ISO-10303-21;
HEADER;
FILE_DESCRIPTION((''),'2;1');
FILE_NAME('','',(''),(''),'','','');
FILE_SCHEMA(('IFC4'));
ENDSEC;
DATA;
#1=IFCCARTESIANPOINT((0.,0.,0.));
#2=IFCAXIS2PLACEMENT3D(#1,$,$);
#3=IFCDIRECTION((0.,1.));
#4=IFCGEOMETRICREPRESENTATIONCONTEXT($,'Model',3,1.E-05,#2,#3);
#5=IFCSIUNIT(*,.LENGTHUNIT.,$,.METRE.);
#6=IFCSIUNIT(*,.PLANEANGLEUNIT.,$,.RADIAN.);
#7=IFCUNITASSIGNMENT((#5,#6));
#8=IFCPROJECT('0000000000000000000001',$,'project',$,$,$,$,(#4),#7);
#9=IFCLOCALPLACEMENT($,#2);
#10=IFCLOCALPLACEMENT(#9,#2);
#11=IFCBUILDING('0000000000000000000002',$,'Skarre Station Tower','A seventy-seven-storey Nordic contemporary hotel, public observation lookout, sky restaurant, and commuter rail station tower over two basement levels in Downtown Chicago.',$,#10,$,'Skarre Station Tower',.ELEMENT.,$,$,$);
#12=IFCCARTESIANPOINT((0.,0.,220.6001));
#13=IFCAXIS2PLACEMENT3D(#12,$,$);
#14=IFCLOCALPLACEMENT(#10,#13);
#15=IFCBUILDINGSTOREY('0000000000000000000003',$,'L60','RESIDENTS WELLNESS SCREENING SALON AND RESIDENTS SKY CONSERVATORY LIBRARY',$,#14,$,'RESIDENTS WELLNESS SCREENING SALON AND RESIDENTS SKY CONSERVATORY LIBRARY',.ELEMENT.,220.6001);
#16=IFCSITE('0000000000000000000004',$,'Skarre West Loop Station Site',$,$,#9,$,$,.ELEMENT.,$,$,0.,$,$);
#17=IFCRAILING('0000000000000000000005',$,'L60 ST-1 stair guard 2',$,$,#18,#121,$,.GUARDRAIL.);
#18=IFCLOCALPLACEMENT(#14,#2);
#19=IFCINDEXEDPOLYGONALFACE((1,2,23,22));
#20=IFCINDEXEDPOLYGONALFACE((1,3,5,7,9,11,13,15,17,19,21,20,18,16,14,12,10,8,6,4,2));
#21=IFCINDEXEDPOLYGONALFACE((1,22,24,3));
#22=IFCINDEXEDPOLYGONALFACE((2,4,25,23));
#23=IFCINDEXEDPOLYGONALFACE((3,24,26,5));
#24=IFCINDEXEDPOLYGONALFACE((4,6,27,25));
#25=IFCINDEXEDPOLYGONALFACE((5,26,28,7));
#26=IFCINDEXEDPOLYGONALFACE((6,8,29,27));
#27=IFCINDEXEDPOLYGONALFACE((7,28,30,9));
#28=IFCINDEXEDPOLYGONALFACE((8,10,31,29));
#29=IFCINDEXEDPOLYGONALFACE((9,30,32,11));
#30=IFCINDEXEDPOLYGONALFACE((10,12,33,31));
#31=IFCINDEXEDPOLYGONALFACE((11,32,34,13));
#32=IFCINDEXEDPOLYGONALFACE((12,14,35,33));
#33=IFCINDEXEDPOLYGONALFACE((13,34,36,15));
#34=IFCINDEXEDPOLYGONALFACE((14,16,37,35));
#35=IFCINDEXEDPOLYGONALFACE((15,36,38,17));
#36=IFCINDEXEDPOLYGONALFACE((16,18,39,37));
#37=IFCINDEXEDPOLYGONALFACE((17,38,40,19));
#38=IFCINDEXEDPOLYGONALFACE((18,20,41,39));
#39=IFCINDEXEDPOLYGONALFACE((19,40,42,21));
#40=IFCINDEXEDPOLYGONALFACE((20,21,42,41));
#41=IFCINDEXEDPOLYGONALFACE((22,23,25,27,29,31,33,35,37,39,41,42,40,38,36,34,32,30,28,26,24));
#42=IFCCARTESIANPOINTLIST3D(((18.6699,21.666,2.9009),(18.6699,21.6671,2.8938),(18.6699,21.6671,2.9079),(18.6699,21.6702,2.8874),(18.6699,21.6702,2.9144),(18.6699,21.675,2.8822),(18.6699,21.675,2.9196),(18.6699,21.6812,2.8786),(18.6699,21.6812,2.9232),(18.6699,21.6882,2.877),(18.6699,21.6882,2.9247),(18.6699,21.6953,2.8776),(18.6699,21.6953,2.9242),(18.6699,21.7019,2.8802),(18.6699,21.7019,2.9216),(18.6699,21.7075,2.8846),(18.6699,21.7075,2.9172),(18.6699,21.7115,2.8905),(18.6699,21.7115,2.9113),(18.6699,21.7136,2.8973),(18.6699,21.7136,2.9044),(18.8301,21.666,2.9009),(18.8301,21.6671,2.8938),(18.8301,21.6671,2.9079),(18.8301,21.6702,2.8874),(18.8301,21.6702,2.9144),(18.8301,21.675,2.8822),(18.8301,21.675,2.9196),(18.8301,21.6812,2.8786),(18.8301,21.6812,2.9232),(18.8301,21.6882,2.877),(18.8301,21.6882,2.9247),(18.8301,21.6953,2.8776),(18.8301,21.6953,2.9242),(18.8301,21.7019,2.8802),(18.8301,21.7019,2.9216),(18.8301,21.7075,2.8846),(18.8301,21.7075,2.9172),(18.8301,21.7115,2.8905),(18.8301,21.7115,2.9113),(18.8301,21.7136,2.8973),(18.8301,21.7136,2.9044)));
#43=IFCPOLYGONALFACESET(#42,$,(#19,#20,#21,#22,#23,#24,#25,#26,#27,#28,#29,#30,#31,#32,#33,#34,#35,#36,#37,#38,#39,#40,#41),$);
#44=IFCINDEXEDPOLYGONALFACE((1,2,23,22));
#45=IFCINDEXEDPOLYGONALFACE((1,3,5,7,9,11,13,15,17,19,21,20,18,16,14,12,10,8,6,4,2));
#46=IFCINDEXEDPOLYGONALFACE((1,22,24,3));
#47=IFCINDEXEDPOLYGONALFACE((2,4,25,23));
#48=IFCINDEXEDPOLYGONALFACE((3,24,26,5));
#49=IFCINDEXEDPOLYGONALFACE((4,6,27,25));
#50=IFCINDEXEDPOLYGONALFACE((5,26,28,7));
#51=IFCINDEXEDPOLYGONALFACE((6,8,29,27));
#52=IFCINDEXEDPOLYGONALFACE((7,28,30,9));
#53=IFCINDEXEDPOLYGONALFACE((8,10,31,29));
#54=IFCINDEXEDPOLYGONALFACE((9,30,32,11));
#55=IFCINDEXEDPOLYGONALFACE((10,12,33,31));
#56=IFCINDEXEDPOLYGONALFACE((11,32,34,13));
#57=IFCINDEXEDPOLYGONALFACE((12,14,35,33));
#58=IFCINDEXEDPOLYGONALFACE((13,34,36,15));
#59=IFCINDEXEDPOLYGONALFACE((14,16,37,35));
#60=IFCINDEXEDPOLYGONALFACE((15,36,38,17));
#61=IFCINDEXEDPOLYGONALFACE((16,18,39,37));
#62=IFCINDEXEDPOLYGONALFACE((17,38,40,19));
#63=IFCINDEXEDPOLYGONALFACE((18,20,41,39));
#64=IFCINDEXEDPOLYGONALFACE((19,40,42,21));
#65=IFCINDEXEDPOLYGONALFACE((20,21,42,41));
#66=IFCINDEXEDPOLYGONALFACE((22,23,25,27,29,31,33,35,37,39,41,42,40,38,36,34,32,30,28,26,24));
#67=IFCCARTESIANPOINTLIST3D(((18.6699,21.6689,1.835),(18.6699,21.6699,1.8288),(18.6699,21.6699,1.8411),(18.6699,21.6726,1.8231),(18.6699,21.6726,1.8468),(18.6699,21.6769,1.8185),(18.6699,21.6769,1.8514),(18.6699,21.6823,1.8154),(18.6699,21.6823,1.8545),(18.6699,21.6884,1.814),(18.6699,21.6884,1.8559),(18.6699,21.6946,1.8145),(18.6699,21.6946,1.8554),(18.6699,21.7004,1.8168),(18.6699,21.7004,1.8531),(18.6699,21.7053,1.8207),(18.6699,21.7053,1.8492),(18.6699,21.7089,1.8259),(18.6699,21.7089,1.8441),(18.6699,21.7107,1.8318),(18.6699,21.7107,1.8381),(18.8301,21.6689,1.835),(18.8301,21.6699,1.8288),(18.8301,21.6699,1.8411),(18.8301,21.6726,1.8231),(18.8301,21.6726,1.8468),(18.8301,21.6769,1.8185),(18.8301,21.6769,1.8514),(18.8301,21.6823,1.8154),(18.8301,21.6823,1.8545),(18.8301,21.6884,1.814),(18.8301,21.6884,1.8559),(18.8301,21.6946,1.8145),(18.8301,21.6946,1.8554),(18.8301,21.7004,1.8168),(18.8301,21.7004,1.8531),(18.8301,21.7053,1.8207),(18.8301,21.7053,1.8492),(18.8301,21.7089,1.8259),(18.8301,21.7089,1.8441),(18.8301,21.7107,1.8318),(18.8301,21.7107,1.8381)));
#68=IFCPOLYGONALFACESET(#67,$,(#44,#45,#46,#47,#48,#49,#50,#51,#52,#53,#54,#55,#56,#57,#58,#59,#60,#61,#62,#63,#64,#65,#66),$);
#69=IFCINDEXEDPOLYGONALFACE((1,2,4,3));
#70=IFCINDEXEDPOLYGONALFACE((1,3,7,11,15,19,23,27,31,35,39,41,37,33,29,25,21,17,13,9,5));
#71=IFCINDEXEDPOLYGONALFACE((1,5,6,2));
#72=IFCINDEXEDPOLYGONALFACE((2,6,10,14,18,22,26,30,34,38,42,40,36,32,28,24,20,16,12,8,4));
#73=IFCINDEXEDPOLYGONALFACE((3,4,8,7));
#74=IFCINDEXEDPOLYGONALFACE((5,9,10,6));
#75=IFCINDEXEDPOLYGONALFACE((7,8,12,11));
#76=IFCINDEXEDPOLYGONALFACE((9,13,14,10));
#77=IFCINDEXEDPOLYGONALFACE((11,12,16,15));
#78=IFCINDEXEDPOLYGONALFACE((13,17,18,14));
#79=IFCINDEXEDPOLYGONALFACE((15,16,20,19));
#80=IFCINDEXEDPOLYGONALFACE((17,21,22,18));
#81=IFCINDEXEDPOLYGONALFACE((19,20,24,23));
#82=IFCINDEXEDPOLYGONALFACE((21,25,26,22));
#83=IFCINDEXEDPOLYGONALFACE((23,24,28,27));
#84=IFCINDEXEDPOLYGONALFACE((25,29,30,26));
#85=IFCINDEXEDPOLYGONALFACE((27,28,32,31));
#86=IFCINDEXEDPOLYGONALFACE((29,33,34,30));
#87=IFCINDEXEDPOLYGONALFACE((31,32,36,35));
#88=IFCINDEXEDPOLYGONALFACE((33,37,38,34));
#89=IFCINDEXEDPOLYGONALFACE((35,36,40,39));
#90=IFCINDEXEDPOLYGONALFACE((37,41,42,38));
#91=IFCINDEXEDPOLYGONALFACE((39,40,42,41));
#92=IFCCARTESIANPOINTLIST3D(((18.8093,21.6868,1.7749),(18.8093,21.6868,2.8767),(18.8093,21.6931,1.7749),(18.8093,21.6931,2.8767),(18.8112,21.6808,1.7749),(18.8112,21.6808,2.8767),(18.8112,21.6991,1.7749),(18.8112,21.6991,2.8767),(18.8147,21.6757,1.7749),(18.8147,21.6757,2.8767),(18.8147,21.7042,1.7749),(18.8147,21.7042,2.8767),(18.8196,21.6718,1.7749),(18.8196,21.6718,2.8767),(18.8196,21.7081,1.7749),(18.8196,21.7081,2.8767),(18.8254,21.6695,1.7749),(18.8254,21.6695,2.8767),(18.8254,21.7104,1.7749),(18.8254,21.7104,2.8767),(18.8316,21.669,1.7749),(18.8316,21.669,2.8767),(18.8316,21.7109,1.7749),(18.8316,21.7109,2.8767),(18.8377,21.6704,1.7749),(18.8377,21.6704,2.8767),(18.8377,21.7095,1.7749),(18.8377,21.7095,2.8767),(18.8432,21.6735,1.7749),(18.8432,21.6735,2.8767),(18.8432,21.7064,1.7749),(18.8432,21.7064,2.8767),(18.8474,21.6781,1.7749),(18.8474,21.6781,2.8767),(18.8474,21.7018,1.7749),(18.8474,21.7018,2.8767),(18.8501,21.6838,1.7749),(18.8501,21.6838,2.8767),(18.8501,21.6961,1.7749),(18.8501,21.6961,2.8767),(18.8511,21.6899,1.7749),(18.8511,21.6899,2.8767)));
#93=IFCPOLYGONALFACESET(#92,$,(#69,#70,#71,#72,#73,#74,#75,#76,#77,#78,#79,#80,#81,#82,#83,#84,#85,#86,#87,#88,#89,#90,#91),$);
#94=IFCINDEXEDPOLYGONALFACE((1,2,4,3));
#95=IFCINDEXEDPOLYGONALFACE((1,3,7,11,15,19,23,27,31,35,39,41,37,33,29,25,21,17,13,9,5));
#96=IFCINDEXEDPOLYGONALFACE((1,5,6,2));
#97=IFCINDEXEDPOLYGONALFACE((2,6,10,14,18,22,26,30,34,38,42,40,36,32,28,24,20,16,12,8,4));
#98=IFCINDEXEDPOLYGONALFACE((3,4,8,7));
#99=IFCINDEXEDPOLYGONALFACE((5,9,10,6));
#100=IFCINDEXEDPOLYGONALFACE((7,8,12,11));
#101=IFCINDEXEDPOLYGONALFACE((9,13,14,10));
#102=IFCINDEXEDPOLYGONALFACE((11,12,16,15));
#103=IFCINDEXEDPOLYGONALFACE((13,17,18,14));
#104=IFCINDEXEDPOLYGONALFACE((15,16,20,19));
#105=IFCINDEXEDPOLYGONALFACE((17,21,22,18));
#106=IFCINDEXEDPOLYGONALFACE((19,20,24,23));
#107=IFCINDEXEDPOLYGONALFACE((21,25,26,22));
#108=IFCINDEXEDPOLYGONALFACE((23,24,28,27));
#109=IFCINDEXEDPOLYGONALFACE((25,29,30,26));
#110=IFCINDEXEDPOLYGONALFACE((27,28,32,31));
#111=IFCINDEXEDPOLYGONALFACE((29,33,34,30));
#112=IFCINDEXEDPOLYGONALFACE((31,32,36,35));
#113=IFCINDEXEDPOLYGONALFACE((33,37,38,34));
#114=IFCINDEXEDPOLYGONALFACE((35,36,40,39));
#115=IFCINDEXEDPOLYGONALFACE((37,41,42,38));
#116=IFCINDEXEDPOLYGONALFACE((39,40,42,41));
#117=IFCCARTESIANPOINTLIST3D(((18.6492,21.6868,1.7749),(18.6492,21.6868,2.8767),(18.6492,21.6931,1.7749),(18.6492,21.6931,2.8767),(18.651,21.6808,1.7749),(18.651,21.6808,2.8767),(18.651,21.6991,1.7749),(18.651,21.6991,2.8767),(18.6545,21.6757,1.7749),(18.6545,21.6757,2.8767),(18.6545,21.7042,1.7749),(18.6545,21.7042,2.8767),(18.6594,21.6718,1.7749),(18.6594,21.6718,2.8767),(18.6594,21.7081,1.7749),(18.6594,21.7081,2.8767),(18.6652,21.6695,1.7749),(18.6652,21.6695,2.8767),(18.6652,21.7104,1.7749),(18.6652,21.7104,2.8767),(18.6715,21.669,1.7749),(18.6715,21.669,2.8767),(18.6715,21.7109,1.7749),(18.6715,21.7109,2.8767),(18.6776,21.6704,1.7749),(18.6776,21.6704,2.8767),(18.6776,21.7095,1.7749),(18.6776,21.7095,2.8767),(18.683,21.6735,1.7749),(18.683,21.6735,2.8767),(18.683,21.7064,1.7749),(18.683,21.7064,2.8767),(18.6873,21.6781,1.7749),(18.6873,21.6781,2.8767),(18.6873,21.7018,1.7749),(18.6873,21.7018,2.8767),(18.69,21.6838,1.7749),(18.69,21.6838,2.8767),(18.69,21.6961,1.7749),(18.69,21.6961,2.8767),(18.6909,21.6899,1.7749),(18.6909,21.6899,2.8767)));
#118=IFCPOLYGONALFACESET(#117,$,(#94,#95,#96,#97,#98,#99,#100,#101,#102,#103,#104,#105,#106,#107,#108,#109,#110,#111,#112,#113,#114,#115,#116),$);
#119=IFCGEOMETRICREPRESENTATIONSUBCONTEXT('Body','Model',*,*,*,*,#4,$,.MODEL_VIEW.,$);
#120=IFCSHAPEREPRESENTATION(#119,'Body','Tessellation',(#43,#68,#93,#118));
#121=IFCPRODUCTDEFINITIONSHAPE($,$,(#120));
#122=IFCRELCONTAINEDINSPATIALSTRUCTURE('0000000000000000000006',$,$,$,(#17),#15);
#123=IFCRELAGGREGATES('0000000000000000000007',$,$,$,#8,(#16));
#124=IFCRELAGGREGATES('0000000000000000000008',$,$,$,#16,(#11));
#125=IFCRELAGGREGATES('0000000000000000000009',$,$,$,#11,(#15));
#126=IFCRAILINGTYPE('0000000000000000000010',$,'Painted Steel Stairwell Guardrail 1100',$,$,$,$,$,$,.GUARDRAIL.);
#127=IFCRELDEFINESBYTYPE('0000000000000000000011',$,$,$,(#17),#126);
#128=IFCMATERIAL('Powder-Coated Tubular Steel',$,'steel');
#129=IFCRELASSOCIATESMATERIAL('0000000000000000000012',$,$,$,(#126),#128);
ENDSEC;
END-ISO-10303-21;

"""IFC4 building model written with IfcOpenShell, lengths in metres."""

from ifc_helpers import new_model, si_unit, direction, frame, origin, origin_2d, place, context, subcontext, project, spatial, circle, extrude, material, type_object, element, save


model = new_model("IFC4")

# Units and contexts
model_context = context("Model", 3, precision=1e-05, world=origin(), true_north=direction((0.0, 1.0)))
body_context = subcontext(model_context, "Body", "Model", "MODEL_VIEW")
ifc_project = project(units=[si_unit("LENGTHUNIT", "METRE"), si_unit("PLANEANGLEUNIT", "RADIAN")], contexts=[model_context])

# Site, building, storey
site_placement = place(None, origin())
site = spatial("IfcSite", under=ifc_project, at=site_placement, Name="Skarre West Loop Station Site", CompositionType="ELEMENT", RefElevation=0.0)
building_placement = place(site_placement, origin())
building = spatial("IfcBuilding", under=site, at=building_placement, Name="Skarre Station Tower", Description="A seventy-seven-storey Nordic contemporary hotel, public observation lookout, sky restaurant, and commuter rail station tower over two basement levels in Downtown Chicago.", LongName="Skarre Station Tower", CompositionType="ELEMENT")
storey_placement = place(building_placement, frame((0.0, 0.0, 220.6001)))
storey = spatial("IfcBuildingStorey", under=building, at=storey_placement, Name="L60", Description="RESIDENTS WELLNESS SCREENING SALON AND RESIDENTS SKY CONSERVATORY LIBRARY", LongName="RESIDENTS WELLNESS SCREENING SALON AND RESIDENTS SKY CONSERVATORY LIBRARY", CompositionType="ELEMENT", Elevation=220.6001)

# Railing
ifc_material_1 = material(Name="Powder-Coated Tubular Steel", Category="steel")
railing_type_1 = type_object("IfcRailingType", Name="Painted Steel Stairwell Guardrail 1100", PredefinedType="GUARDRAIL", material=ifc_material_1)
railing_1_placement = place(storey_placement, frame((18.8301, 21.6899, 1.7749)))
element("IfcRailing", 1, at=railing_1_placement, inside=storey, type_object=railing_type_1, Name="L60 ST-1 stair guard 2", PredefinedType="GUARDRAIL", context=body_context, shape_type="SweptSolid", body=[
    extrude(circle(Radius=0.0239, at=origin_2d()), frame((0.0, 0.0, 1.126), z_axis=(-1.0, 0.0, 0.0), x_axis=(0.0, -1.0, 0.0)), (0.0, 0.0, 1.0), 0.1602),
    extrude(circle(Radius=0.021, at=origin_2d()), frame((0.0, 0.0, 0.0601), z_axis=(-1.0, 0.0, 0.0), x_axis=(0.0, -1.0, 0.0)), (0.0, 0.0, 1.0), 0.1602),
    extrude(circle(Radius=0.021, at=origin_2d()), origin(), (0.0, 0.0, 1.0), 1.1018),
    extrude(circle(Radius=0.021, at=origin_2d()), frame((-0.1602, 0.0, 0.0)), (0.0, 0.0, 1.0), 1.1018),
])

save(model, "model.ifc")
